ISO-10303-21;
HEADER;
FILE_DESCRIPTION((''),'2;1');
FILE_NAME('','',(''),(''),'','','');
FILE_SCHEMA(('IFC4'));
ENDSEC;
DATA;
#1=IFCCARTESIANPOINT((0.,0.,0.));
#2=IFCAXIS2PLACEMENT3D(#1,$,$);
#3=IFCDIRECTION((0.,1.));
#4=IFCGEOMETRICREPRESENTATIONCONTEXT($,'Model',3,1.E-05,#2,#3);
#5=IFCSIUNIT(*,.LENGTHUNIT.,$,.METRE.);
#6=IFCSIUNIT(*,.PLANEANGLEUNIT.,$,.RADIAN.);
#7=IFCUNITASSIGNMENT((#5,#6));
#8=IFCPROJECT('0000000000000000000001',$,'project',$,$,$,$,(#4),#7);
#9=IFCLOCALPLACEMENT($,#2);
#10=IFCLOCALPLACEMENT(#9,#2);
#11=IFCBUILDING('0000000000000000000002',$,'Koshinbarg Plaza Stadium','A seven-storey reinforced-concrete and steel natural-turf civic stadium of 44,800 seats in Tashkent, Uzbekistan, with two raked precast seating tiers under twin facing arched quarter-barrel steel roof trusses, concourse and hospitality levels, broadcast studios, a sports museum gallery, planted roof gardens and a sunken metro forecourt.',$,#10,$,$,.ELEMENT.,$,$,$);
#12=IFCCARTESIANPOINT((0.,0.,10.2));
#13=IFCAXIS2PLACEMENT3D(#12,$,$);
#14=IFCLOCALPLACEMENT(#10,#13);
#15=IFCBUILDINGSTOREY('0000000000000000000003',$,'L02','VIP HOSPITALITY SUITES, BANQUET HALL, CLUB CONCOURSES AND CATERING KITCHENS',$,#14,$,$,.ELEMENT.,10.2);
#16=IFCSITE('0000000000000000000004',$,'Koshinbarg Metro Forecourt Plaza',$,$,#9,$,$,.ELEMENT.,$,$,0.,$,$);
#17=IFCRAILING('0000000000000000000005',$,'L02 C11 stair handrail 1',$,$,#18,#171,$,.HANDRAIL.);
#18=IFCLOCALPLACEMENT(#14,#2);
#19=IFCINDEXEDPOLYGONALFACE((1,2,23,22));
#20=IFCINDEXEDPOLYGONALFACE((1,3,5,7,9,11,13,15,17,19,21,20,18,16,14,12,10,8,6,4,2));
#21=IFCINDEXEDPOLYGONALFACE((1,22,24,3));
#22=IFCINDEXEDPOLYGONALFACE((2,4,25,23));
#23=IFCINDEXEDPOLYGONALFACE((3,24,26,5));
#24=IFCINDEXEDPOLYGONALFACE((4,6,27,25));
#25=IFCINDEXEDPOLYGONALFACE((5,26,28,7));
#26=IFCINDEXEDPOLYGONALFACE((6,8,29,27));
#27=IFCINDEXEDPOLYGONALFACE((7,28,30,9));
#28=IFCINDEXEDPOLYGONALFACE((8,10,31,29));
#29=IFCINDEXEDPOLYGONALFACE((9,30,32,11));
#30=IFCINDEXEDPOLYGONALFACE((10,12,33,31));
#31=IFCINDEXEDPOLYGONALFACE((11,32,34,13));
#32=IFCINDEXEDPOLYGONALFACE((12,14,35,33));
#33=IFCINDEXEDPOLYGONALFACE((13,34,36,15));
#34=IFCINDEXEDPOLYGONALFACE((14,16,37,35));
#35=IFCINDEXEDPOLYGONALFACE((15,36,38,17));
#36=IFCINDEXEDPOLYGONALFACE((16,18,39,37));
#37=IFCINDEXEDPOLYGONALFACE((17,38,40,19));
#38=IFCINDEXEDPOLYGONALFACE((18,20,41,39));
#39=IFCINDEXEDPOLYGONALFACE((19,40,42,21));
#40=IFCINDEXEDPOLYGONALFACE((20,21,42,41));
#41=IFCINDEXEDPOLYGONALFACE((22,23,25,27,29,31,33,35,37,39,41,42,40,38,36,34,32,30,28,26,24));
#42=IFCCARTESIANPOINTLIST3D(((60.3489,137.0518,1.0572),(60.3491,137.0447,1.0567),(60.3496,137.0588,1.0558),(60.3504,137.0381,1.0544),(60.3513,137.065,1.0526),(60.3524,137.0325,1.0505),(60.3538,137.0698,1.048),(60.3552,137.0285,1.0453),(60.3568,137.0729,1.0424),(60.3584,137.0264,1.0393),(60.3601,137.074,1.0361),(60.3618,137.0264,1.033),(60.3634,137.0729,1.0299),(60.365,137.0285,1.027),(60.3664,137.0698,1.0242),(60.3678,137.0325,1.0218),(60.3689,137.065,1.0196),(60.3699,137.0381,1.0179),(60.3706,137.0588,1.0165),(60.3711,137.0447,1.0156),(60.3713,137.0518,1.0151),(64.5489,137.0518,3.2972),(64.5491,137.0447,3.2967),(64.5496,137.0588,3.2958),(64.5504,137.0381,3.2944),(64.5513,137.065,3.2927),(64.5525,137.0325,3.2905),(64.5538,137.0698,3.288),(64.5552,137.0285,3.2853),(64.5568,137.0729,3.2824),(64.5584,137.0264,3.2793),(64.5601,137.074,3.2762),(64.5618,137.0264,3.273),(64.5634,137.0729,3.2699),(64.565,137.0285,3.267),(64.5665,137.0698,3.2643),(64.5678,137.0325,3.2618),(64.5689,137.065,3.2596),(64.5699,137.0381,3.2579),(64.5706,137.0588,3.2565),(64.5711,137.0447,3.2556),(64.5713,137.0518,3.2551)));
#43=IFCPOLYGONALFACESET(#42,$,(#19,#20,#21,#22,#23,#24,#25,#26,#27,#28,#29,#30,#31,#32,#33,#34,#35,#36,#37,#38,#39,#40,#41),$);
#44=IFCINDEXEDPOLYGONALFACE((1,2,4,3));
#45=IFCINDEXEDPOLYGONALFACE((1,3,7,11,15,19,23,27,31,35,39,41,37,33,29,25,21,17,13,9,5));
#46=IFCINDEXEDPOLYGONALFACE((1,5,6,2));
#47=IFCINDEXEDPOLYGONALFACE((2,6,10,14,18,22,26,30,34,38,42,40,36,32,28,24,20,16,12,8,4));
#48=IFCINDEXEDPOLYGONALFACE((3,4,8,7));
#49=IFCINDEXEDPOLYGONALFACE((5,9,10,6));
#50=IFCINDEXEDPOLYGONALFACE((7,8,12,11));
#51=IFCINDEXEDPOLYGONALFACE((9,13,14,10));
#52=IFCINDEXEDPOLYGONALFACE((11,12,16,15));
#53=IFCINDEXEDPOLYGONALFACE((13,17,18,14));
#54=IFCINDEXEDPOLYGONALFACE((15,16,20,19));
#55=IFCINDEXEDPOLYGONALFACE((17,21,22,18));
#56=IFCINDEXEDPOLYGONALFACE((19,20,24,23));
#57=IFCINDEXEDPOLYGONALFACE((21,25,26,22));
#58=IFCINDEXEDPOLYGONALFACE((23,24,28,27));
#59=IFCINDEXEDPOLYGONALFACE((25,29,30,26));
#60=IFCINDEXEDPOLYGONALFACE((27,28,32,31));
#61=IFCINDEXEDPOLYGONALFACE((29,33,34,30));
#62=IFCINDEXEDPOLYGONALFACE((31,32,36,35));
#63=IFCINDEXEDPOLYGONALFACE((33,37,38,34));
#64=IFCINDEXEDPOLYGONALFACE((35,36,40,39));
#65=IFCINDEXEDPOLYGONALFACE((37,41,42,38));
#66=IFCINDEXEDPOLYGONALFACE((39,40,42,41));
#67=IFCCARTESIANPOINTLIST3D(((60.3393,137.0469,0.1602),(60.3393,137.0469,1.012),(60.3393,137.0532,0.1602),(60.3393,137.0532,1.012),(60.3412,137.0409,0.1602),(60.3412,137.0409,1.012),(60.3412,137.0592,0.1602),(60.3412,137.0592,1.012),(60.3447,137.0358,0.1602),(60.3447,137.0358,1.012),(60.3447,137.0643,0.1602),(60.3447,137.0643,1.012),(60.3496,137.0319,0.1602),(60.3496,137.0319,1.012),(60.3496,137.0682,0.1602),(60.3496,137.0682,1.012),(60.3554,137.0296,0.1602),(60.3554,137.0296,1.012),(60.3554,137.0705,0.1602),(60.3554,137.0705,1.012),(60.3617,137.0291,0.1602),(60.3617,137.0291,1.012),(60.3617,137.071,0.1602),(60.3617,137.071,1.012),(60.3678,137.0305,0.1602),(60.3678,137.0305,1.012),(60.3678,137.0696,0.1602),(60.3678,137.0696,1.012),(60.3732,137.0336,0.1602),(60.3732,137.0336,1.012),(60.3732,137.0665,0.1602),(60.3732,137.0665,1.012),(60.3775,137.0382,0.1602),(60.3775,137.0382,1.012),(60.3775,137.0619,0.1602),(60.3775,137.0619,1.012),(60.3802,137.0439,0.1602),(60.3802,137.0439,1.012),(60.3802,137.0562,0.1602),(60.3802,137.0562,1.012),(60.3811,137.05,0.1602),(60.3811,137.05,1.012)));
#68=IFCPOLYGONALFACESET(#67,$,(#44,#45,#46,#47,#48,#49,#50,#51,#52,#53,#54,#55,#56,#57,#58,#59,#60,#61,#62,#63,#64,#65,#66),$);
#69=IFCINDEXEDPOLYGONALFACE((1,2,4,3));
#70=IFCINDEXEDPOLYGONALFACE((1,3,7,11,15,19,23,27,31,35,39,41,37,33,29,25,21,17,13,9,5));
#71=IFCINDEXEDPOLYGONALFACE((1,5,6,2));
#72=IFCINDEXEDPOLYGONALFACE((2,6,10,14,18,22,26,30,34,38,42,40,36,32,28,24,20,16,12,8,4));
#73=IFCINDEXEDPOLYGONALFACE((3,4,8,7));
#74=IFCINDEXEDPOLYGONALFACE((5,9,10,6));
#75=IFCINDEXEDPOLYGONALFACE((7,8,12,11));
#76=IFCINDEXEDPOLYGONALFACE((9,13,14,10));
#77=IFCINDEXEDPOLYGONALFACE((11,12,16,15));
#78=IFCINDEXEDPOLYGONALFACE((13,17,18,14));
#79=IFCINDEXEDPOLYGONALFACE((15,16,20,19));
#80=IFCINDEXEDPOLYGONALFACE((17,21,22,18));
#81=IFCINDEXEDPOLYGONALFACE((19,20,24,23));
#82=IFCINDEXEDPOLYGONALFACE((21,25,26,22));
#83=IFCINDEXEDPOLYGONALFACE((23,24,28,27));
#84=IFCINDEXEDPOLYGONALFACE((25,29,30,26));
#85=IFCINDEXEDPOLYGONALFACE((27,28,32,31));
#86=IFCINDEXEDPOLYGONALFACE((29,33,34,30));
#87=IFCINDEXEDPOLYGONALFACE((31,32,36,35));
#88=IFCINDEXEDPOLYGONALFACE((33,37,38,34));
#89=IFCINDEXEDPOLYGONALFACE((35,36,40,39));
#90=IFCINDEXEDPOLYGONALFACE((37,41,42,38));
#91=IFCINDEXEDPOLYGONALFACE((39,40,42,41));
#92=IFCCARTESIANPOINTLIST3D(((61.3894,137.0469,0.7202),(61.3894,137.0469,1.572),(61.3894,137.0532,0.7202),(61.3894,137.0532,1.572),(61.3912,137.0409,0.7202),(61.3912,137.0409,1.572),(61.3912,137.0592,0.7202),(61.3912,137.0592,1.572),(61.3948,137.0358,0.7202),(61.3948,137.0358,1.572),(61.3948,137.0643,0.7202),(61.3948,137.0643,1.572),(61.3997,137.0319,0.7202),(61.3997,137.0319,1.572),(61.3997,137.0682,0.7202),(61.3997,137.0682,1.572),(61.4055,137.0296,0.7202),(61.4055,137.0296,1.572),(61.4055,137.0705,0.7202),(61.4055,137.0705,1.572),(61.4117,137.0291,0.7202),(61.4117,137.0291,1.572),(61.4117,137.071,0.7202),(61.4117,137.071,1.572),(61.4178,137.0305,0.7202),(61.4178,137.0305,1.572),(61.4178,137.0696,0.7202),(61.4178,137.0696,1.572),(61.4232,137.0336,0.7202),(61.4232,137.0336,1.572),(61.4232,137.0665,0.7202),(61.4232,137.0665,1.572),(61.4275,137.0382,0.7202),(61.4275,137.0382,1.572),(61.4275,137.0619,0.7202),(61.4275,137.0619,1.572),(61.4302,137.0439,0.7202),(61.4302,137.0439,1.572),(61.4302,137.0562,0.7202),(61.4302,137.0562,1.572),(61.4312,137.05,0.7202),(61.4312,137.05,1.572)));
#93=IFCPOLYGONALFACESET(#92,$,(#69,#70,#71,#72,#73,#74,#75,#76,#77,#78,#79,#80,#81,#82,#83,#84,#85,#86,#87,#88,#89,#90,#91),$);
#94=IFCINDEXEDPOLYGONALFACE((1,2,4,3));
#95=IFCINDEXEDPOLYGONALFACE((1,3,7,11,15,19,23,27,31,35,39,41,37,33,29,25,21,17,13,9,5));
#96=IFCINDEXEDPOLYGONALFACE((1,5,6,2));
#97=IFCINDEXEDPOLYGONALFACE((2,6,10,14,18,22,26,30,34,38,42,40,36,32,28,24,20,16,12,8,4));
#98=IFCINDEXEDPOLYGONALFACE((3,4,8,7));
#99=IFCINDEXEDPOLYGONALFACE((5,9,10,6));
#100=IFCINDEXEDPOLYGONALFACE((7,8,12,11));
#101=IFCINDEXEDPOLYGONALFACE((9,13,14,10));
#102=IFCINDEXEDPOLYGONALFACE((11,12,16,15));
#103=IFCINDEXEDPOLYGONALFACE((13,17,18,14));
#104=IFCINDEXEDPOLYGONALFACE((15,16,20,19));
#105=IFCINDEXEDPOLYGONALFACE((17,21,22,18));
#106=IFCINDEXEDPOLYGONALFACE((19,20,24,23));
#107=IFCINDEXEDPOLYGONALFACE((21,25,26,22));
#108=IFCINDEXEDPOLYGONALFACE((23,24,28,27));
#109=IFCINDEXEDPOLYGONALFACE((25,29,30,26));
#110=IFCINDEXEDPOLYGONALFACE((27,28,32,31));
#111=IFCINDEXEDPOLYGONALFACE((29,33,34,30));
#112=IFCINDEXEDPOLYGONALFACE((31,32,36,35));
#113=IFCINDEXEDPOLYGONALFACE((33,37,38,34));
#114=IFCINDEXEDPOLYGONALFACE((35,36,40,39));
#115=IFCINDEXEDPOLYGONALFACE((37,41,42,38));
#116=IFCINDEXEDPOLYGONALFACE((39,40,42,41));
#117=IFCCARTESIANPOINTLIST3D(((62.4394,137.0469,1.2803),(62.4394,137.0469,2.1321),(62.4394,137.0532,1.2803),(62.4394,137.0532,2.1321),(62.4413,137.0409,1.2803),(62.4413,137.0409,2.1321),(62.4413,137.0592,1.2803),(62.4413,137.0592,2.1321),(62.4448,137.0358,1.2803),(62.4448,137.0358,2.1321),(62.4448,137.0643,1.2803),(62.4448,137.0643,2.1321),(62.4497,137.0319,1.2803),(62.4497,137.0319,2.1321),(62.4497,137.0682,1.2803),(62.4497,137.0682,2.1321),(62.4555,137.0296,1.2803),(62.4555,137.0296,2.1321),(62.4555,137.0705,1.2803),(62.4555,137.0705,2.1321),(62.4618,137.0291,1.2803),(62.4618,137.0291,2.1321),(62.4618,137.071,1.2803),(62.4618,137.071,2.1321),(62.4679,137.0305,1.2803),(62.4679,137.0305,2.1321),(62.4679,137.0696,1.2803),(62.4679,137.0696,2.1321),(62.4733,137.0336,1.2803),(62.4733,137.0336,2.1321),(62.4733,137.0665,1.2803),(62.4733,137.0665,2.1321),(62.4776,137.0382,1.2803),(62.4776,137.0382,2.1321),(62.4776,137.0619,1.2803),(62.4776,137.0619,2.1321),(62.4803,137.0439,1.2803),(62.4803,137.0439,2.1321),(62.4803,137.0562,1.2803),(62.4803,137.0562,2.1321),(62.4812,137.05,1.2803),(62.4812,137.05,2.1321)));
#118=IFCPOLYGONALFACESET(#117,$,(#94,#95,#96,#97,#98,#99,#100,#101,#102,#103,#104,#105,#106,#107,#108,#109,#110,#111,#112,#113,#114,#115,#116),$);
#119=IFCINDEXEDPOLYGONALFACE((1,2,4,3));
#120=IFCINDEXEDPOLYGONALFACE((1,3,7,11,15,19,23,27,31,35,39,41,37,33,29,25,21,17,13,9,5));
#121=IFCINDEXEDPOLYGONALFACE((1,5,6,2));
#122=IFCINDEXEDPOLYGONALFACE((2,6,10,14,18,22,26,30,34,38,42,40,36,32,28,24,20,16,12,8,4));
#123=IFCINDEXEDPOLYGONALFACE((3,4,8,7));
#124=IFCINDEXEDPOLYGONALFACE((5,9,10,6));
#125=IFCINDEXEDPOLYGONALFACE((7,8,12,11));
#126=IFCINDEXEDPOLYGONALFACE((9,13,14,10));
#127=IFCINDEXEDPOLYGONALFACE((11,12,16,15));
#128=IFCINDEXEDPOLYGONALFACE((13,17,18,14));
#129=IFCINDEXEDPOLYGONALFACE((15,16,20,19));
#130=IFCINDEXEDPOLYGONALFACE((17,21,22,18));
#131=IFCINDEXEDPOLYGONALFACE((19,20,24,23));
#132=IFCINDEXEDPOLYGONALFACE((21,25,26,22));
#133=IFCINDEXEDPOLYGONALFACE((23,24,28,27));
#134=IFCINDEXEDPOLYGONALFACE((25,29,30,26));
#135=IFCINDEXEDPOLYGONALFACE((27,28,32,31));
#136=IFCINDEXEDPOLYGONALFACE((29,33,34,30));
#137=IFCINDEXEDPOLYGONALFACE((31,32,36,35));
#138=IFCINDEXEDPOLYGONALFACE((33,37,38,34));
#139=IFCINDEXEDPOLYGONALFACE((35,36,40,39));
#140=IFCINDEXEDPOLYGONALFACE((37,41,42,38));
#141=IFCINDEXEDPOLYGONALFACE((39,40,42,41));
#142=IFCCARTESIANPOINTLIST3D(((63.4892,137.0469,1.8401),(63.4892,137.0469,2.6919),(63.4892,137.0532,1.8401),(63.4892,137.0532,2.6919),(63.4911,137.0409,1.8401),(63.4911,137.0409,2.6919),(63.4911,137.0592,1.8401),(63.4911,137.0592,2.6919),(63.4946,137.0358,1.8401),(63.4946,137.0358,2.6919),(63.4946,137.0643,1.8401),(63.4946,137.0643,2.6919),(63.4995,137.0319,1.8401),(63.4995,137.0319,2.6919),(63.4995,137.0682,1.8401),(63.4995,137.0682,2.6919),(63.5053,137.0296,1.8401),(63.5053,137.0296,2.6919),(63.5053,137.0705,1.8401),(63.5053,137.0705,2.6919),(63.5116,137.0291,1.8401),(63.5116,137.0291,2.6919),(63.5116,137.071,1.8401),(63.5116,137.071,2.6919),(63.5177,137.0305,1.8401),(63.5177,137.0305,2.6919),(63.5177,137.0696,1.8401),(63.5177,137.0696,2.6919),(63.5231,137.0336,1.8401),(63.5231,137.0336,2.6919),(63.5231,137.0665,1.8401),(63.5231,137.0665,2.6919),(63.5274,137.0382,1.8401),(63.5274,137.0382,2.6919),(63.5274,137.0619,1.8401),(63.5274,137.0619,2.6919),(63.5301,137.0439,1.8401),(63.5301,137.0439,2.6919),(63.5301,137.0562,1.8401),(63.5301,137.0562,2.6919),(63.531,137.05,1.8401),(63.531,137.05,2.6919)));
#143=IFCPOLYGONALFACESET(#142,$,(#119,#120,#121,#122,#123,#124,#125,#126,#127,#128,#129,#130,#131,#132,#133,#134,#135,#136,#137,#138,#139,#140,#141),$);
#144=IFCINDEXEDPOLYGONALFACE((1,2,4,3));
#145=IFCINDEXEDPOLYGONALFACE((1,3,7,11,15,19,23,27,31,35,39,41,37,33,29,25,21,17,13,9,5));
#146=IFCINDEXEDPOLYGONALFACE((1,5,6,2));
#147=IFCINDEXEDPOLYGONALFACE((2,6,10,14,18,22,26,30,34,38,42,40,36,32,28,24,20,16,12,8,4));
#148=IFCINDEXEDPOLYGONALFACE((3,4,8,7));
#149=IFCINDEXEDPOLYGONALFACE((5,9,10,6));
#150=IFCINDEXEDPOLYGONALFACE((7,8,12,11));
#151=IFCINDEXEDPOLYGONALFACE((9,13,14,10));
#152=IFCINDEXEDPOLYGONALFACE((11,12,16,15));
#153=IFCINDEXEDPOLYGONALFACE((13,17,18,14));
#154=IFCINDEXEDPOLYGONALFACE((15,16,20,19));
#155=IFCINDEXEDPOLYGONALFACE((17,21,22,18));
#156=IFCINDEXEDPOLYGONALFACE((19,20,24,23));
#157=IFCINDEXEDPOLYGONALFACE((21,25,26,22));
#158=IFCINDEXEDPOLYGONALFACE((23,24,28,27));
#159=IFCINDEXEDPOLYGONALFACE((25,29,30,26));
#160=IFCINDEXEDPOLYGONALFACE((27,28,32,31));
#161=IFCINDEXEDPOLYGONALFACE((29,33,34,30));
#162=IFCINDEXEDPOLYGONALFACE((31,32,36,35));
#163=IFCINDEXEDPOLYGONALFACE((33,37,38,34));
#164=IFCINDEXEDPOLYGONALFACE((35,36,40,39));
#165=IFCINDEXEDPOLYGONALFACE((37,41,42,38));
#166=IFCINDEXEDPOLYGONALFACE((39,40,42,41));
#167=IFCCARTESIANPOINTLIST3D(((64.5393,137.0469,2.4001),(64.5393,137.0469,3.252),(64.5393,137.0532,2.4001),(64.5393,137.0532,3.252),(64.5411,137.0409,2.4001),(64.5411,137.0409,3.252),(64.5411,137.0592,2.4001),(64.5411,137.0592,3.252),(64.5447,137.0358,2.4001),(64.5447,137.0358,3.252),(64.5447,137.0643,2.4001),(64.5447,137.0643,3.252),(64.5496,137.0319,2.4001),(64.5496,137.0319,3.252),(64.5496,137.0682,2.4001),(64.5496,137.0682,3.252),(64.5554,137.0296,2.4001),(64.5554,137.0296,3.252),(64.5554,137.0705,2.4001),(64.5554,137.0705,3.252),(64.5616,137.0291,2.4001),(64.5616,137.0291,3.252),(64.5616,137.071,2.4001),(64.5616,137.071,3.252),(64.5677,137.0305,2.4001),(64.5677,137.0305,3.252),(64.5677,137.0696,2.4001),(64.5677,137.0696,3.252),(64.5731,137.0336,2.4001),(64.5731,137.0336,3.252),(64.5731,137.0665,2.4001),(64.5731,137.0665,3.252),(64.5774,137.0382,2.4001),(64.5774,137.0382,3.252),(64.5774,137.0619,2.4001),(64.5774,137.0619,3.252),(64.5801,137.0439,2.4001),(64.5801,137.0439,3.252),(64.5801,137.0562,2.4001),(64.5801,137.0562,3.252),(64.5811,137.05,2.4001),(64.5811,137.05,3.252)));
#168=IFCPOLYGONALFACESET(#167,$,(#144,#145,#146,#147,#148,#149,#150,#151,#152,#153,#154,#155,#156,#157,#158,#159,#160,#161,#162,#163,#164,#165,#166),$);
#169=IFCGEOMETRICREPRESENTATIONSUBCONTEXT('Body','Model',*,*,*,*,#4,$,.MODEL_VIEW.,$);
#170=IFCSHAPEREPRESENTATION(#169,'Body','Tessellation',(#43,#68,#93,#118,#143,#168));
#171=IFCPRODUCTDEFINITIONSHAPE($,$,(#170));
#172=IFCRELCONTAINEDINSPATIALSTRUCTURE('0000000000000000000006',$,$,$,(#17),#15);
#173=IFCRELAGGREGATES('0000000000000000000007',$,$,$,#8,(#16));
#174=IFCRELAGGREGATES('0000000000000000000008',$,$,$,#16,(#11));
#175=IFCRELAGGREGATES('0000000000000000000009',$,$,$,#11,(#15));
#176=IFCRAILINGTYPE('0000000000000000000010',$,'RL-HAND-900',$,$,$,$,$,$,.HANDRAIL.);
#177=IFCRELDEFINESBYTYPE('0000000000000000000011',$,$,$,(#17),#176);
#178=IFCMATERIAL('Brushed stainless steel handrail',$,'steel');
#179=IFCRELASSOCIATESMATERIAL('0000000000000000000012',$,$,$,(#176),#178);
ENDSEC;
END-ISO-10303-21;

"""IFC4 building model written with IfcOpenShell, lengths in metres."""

from ifc_helpers import new_model, si_unit, direction, frame, origin, origin_2d, place, context, subcontext, project, spatial, circle, extrude, material, type_object, element, save


model = new_model("IFC4")

# Units and contexts
model_context = context("Model", 3, precision=1e-05, world=origin(), true_north=direction((0.0, 1.0)))
body_context = subcontext(model_context, "Body", "Model", "MODEL_VIEW")
ifc_project = project(units=[si_unit("LENGTHUNIT", "METRE"), si_unit("PLANEANGLEUNIT", "RADIAN")], contexts=[model_context])

# Site, building, storey
site_placement = place(None, origin())
site = spatial("IfcSite", under=ifc_project, at=site_placement, Name="Koshinbarg Metro Forecourt Plaza", CompositionType="ELEMENT", RefElevation=0.0)
building_placement = place(site_placement, origin())
building = spatial("IfcBuilding", under=site, at=building_placement, Name="Koshinbarg Plaza Stadium", Description="A seven-storey reinforced-concrete and steel natural-turf civic stadium of 44,800 seats in Tashkent, Uzbekistan, with two raked precast seating tiers under twin facing arched quarter-barrel steel roof trusses, concourse and hospitality levels, broadcast studios, a sports museum gallery, planted roof gardens and a sunken metro forecourt.", CompositionType="ELEMENT")
storey_placement = place(building_placement, frame((0.0, 0.0, 10.2)))
storey = spatial("IfcBuildingStorey", under=building, at=storey_placement, Name="L02", Description="VIP HOSPITALITY SUITES, BANQUET HALL, CLUB CONCOURSES AND CATERING KITCHENS", CompositionType="ELEMENT", Elevation=10.2)

# Railing
ifc_material_1 = material(Name="Brushed stainless steel handrail", Category="steel")
railing_type_1 = type_object("IfcRailingType", Name="RL-HAND-900", PredefinedType="HANDRAIL", material=ifc_material_1)
railing_1_placement = place(storey_placement, frame((60.3601, 137.05, 0.1602)))
element("IfcRailing", 1, at=railing_1_placement, inside=storey, type_object=railing_type_1, Name="L02 C11 stair handrail 1", PredefinedType="HANDRAIL", context=body_context, shape_type="SweptSolid", body=[
    extrude(circle(Radius=0.0239, at=origin_2d()), frame((0.0, 0.0, 0.876), z_axis=(0.882352, 0.0, 0.470591), x_axis=(0.0, 1.0, 0.0)), (0.0, 0.0, 1.0), 4.76),
    extrude(circle(Radius=0.021, at=origin_2d()), origin(), (0.0, 0.0, 1.0), 0.8518),
    extrude(circle(Radius=0.021, at=origin_2d()), frame((1.05, 0.0, 0.5601)), (0.0, 0.0, 1.0), 0.8518),
    extrude(circle(Radius=0.021, at=origin_2d()), frame((2.1001, 0.0, 1.1201)), (0.0, 0.0, 1.0), 0.8518),
    extrude(circle(Radius=0.021, at=origin_2d()), frame((3.1499, 0.0, 1.6799)), (0.0, 0.0, 1.0), 0.8518),
    extrude(circle(Radius=0.021, at=origin_2d()), frame((4.2, 0.0, 2.24)), (0.0, 0.0, 1.0), 0.8518),
])

save(model, "model.ifc")
